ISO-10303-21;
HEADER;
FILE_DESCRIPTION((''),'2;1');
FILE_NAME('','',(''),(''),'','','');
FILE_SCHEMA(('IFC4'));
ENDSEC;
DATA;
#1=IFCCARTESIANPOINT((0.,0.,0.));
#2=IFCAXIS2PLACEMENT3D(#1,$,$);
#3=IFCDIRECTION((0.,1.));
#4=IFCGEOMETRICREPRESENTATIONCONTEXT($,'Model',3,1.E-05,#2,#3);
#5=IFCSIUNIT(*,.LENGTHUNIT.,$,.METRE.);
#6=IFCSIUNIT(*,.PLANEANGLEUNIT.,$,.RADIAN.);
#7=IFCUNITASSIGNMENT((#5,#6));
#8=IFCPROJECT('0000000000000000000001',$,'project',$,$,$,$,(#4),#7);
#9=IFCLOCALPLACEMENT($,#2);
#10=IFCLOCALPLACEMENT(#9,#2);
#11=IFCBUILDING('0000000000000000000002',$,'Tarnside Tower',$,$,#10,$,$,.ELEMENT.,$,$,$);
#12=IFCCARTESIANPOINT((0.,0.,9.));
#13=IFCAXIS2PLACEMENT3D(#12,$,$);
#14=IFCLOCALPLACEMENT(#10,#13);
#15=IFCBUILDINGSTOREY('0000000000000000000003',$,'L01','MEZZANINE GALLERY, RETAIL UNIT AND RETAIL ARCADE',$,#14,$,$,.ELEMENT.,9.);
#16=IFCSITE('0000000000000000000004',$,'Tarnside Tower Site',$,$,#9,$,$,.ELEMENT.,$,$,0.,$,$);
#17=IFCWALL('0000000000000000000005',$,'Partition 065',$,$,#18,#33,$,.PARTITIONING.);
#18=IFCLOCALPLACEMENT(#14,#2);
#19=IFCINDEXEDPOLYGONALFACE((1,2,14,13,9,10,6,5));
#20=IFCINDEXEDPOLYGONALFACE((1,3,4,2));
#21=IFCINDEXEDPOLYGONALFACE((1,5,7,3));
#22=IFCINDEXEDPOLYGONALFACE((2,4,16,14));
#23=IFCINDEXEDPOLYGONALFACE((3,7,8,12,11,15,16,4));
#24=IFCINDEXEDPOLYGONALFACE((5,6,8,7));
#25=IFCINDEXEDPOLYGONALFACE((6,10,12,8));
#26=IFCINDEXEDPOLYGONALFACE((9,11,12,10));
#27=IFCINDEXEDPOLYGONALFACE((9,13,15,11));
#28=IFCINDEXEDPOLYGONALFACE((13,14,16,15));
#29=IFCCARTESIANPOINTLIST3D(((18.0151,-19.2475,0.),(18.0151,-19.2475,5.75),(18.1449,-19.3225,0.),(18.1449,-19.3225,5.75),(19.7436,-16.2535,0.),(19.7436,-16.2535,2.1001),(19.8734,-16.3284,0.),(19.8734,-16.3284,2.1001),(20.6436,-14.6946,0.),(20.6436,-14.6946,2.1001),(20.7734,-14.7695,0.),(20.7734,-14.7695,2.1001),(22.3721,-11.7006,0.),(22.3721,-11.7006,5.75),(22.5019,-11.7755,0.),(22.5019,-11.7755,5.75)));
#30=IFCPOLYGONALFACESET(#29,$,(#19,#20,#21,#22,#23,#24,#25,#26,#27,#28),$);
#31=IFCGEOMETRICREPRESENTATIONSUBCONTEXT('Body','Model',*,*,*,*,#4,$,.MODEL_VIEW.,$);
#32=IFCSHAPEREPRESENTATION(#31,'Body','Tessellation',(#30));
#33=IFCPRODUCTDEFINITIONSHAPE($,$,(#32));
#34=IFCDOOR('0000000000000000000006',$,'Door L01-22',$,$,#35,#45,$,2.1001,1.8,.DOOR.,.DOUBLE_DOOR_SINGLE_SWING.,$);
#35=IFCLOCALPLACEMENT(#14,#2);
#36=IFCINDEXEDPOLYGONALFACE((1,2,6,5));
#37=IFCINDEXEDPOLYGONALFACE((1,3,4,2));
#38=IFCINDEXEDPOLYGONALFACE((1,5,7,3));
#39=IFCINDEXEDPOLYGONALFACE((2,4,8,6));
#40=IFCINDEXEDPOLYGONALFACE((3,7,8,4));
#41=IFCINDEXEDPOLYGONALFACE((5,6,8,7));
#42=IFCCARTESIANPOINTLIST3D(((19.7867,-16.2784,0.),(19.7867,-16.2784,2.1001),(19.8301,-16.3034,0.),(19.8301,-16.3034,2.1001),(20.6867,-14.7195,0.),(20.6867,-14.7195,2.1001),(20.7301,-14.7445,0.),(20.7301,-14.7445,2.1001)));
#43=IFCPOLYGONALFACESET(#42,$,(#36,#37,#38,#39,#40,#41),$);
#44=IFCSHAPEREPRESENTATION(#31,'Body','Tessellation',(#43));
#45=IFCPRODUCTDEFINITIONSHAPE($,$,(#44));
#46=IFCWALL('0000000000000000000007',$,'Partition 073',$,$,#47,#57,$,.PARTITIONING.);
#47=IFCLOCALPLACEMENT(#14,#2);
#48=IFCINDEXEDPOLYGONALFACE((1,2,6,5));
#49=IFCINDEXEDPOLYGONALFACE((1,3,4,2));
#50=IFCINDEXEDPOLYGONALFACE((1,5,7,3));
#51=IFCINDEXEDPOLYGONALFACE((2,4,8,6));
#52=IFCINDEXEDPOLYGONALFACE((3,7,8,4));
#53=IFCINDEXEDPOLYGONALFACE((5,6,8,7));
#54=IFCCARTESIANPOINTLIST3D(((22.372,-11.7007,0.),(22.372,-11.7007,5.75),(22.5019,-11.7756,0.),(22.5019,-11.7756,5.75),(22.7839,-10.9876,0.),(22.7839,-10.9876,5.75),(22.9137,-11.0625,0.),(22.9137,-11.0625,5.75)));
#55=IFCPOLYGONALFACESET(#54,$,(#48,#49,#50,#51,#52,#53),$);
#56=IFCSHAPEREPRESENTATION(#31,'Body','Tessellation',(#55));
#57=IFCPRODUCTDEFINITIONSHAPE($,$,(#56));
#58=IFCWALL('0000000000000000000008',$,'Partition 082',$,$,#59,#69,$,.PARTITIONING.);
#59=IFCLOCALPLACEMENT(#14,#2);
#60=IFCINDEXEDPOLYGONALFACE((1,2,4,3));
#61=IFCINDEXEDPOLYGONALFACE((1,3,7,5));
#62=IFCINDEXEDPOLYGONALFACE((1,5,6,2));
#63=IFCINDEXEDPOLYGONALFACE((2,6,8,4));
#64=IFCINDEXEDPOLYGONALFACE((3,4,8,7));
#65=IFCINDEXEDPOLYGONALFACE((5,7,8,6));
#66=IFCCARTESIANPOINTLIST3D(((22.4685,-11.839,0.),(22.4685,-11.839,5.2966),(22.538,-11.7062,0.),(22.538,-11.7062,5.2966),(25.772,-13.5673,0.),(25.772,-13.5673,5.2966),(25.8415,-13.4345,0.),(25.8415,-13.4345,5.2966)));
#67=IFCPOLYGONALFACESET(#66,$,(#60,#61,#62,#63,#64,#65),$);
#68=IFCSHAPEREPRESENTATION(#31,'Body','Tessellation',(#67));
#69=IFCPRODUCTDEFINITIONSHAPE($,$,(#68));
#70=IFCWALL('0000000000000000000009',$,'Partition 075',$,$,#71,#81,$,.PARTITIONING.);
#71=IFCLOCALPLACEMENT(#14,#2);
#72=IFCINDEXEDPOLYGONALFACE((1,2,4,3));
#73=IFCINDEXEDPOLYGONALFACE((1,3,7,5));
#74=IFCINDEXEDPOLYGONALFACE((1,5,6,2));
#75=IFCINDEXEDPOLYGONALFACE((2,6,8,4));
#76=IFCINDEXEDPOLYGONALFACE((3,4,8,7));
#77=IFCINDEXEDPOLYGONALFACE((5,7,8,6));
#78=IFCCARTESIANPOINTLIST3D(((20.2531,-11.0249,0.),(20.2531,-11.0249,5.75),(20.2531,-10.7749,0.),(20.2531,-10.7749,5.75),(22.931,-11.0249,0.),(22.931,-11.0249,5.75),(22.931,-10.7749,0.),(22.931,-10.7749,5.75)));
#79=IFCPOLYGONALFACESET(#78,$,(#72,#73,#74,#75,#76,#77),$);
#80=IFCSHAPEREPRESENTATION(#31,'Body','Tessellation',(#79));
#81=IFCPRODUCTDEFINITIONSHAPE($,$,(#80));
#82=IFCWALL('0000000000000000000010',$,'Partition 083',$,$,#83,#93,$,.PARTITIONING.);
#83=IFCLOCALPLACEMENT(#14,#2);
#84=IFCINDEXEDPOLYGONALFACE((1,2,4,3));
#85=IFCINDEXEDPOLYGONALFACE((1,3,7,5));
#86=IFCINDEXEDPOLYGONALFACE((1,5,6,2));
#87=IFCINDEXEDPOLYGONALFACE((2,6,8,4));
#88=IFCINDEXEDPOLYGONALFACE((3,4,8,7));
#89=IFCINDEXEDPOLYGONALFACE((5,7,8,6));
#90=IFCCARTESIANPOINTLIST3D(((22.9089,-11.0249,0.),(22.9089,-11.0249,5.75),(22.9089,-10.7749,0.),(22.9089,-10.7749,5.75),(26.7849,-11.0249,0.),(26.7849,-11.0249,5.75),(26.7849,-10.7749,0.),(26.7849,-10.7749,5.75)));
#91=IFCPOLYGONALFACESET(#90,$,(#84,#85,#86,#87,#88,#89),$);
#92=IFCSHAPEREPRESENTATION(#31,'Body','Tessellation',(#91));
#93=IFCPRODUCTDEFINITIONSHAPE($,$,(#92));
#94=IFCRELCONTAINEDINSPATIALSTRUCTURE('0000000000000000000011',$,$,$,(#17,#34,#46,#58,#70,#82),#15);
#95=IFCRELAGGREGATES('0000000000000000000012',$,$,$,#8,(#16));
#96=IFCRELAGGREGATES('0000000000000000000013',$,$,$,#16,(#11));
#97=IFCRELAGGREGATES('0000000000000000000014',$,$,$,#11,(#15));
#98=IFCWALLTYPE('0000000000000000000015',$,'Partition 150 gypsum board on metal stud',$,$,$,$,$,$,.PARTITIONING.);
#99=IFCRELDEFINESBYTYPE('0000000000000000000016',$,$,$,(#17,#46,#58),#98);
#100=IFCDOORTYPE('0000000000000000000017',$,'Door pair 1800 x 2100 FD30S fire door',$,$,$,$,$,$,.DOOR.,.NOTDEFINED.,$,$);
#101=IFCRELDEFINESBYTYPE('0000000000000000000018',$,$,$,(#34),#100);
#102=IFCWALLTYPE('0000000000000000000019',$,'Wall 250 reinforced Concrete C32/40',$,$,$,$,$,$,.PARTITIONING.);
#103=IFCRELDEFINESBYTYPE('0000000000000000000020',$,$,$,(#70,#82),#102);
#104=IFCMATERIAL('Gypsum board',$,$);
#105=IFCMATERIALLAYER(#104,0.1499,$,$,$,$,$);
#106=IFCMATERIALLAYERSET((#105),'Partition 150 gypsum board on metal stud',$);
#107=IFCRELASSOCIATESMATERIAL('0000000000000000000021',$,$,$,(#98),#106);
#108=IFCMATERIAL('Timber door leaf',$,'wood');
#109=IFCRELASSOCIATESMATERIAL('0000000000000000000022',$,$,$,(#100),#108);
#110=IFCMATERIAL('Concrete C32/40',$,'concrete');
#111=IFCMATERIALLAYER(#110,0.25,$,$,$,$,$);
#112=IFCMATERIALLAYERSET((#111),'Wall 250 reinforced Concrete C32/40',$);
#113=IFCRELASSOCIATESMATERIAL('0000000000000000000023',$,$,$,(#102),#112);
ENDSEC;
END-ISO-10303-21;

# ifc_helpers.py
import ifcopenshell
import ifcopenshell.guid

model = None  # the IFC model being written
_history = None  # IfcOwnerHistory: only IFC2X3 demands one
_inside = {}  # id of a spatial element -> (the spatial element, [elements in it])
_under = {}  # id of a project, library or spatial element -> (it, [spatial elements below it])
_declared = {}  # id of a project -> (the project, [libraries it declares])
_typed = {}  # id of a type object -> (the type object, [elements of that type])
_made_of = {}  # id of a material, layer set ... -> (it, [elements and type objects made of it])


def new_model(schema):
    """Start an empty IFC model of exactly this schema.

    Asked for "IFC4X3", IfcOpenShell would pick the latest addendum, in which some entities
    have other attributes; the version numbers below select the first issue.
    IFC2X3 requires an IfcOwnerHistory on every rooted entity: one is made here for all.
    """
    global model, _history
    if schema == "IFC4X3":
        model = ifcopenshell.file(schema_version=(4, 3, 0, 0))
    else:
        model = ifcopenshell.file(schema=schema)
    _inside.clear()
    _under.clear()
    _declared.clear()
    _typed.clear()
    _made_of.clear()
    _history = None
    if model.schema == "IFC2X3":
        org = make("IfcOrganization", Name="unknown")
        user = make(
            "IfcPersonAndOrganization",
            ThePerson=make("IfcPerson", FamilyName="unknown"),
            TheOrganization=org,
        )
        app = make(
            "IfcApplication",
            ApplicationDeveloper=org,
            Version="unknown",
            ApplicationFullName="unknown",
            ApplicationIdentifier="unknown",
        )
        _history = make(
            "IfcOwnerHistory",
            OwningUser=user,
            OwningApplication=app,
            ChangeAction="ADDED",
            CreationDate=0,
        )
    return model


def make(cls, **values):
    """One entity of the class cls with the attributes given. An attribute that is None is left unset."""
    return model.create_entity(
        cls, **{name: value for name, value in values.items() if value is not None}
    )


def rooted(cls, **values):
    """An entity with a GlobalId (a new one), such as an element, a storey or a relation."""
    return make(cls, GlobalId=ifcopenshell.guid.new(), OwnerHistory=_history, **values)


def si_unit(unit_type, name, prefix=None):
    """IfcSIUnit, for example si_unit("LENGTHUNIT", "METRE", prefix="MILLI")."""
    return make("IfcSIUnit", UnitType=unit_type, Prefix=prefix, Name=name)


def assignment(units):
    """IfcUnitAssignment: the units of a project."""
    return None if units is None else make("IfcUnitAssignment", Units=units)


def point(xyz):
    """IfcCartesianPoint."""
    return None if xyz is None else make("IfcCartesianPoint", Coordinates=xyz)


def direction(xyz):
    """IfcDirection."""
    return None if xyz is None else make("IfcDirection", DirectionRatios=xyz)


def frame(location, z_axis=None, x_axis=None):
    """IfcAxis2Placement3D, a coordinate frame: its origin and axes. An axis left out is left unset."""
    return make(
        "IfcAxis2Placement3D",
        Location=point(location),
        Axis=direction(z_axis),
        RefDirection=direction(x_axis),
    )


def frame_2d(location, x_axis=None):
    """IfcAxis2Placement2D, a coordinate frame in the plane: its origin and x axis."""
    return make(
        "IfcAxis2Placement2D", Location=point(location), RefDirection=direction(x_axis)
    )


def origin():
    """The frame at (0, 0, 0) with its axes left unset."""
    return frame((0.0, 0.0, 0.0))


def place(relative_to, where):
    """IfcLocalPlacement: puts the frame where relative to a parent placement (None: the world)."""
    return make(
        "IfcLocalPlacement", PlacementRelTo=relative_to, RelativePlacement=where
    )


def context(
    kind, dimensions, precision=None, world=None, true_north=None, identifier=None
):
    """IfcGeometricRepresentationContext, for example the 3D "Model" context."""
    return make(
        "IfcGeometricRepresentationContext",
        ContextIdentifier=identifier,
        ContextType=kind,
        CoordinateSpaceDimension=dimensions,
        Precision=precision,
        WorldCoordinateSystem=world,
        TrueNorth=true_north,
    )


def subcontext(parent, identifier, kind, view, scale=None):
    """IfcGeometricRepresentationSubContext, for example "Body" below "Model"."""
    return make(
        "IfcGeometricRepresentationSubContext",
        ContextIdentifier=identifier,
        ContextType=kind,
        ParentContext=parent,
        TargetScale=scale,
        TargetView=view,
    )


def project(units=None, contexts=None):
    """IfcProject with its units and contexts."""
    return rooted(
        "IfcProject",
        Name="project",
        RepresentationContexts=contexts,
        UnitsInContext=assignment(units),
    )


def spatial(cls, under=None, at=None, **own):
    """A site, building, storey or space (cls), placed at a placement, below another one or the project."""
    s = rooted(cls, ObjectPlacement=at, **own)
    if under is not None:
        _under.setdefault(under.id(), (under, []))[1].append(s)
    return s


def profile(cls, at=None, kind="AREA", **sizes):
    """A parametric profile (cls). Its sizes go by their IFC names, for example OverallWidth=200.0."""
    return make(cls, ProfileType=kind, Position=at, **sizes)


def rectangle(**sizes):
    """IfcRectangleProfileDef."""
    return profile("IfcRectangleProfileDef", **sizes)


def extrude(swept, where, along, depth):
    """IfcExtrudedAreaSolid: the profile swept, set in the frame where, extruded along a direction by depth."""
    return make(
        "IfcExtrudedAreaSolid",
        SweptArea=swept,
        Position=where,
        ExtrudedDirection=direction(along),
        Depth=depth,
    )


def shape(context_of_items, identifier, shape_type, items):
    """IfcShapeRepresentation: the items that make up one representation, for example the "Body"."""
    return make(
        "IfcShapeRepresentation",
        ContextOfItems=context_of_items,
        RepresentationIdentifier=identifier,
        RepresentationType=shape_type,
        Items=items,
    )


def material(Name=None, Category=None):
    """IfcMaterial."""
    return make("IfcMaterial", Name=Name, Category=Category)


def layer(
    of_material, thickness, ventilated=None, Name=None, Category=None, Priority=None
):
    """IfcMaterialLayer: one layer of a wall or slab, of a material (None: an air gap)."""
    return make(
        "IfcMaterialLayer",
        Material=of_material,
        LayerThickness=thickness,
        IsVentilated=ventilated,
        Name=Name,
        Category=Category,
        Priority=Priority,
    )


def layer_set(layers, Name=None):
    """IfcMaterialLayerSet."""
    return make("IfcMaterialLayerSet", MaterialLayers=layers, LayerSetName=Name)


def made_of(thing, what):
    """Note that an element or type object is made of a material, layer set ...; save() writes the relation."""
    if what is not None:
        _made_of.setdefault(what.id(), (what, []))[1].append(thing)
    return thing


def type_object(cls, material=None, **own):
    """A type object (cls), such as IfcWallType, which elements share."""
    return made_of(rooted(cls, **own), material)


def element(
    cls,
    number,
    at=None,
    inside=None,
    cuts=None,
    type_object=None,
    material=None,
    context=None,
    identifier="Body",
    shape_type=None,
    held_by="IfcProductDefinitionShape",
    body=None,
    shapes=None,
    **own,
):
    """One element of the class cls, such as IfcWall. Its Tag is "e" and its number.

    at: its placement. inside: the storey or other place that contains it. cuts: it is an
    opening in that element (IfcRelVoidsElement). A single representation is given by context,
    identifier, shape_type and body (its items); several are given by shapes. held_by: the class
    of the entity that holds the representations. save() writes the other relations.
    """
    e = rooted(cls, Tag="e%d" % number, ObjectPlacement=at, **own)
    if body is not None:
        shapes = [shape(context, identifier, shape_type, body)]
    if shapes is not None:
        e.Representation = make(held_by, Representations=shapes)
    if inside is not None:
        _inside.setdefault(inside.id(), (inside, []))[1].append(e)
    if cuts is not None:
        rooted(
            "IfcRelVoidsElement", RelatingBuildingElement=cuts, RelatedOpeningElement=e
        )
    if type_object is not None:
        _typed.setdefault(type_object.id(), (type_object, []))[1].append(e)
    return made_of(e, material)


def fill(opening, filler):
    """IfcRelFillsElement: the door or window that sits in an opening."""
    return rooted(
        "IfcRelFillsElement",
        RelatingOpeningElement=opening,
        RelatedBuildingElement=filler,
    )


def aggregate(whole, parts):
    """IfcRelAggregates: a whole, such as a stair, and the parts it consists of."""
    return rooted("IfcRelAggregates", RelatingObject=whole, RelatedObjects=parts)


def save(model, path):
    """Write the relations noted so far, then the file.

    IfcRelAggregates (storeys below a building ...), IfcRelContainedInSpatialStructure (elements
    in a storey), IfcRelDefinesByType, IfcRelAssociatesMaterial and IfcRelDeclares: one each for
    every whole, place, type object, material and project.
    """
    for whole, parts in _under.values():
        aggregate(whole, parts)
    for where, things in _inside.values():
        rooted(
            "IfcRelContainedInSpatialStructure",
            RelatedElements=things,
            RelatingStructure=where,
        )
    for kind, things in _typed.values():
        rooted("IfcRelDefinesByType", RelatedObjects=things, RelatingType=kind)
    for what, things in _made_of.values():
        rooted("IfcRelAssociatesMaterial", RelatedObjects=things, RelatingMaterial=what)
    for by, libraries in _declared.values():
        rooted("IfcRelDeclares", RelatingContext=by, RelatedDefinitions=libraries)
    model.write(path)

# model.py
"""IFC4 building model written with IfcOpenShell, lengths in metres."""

from ifc_helpers import new_model, si_unit, direction, frame, frame_2d, origin, place, context, subcontext, project, spatial, rectangle, extrude, material, layer, layer_set, type_object, element, fill, save


model = new_model("IFC4")

# Units and contexts
model_context = context("Model", 3, precision=1e-05, world=origin(), true_north=direction((0.0, 1.0)))
body_context = subcontext(model_context, "Body", "Model", "MODEL_VIEW")
ifc_project = project(units=[si_unit("LENGTHUNIT", "METRE"), si_unit("PLANEANGLEUNIT", "RADIAN")], contexts=[model_context])

# Site, building, storey
site_placement = place(None, origin())
site = spatial("IfcSite", under=ifc_project, at=site_placement, Name="Tarnside Tower Site", CompositionType="ELEMENT", RefElevation=0.0)
building_placement = place(site_placement, origin())
building = spatial("IfcBuilding", under=site, at=building_placement, Name="Tarnside Tower", CompositionType="ELEMENT")
storey_placement = place(building_placement, frame((0.0, 0.0, 9.0)))
storey = spatial("IfcBuildingStorey", under=building, at=storey_placement, Name="L01", Description="MEZZANINE GALLERY, RETAIL UNIT AND RETAIL ARCADE", CompositionType="ELEMENT", Elevation=9.0)

# Wall, opening, door
ifc_material_1 = material(Name="Gypsum board")
ifc_layer_1 = layer(ifc_material_1, 0.1499)
ifc_layer_set_1 = layer_set([ifc_layer_1], Name="Partition 150 gypsum board on metal stud")
wall_type_1 = type_object("IfcWallType", Name="Partition 150 gypsum board on metal stud", PredefinedType="PARTITIONING", material=ifc_layer_set_1)
wall_1_placement = place(storey_placement, frame((22.437, -11.738, 0.0), z_axis=(0.0, 0.0, 1.0), x_axis=(-0.499978, -0.866038, 0.0)))
wall_1 = element("IfcWall", 1, at=wall_1_placement, inside=storey, type_object=wall_type_1, Name="Partition 065", PredefinedType="PARTITIONING", context=body_context, shape_type="SweptSolid", body=[
    extrude(rectangle(XDim=8.7144, YDim=0.1499, at=frame_2d((4.3572, 0.0))), origin(), (0.0, 0.0, 1.0), 5.75),
])
opening_placement = place(wall_1_placement, frame((3.4573, 0.0, 0.0)))
opening = element("IfcOpeningElement", 2, at=opening_placement, cuts=wall_1, PredefinedType="OPENING", context=body_context, shape_type="SweptSolid", body=[
    extrude(rectangle(XDim=1.8, YDim=2.1001, at=frame_2d((0.8999, 1.05))), frame((0.0, 0.085, 0.0), z_axis=(0.0, -1.0, 0.0), x_axis=(1.0, 0.0, 0.0)), (0.0, 0.0, 1.0), 0.1699),
])
ifc_material_2 = material(Name="Timber door leaf", Category="wood")
door_type = type_object("IfcDoorType", Name="Door pair 1800 x 2100 FD30S fire door", OperationType="NOTDEFINED", PredefinedType="DOOR", material=ifc_material_2)
door_placement = place(opening_placement, origin())
door = element("IfcDoor", 3, at=door_placement, inside=storey, type_object=door_type, Name="Door L01-22", OperationType="DOUBLE_DOOR_SINGLE_SWING", OverallHeight=2.1001, OverallWidth=1.8, PredefinedType="DOOR", context=body_context, shape_type="SweptSolid", body=[
    extrude(rectangle(XDim=1.8, YDim=2.1001, at=frame_2d((0.8999, 1.05))), frame((0.0, 0.0249, 0.0), z_axis=(0.0, -1.0, 0.0), x_axis=(1.0, 0.0, 0.0)), (0.0, 0.0, 1.0), 0.05),
])
fill(opening, door)

# Walls
wall_2_placement = place(storey_placement, frame((22.437, -11.738, 0.0), z_axis=(0.0, 0.0, 1.0), x_axis=(0.500124, 0.865954, 0.0)))
element("IfcWall", 4, at=wall_2_placement, inside=storey, type_object=wall_type_1, Name="Partition 073", PredefinedType="PARTITIONING", context=body_context, shape_type="SweptSolid", body=[
    extrude(rectangle(XDim=0.8235, YDim=0.1499, at=frame_2d((0.4116, 0.0))), origin(), (0.0, 0.0, 1.0), 5.75),
])
wall_3_placement = place(storey_placement, frame((25.8069, -13.501, 0.0), z_axis=(0.0, 0.0, 1.0), x_axis=(-0.886065, 0.463562, 0.0)))
element("IfcWall", 5, at=wall_3_placement, inside=storey, type_object=wall_type_1, Name="Partition 082", PredefinedType="PARTITIONING", context=body_context, shape_type="SweptSolid", body=[
    extrude(rectangle(XDim=3.7283, YDim=0.1499, at=frame_2d((1.8643, 0.0))), origin(), (0.0, 0.0, 1.0), 5.2966),
])
ifc_material_3 = material(Name="Concrete C32/40", Category="concrete")
ifc_layer_2 = layer(ifc_material_3, 0.25)
ifc_layer_set_2 = layer_set([ifc_layer_2], Name="Wall 250 reinforced Concrete C32/40")
wall_type_2 = type_object("IfcWallType", Name="Wall 250 reinforced Concrete C32/40", PredefinedType="PARTITIONING", material=ifc_layer_set_2)
wall_4_placement = place(storey_placement, frame((22.9309, -10.8999, 0.0), z_axis=(0.0, 0.0, 1.0), x_axis=(-1.0, 0.0, 0.0)))
element("IfcWall", 6, at=wall_4_placement, inside=storey, type_object=wall_type_2, Name="Partition 075", PredefinedType="PARTITIONING", context=body_context, shape_type="SweptSolid", body=[
    extrude(rectangle(XDim=2.678, YDim=0.25, at=frame_2d((1.3389, 0.0))), origin(), (0.0, 0.0, 1.0), 5.75),
])
wall_5_placement = place(storey_placement, frame((26.7849, -10.8999, 0.0), z_axis=(0.0, 0.0, 1.0), x_axis=(-1.0, 0.0, 0.0)))
element("IfcWall", 7, at=wall_5_placement, inside=storey, type_object=wall_type_2, Name="Partition 083", PredefinedType="PARTITIONING", context=body_context, shape_type="SweptSolid", body=[
    extrude(rectangle(XDim=3.876, YDim=0.25, at=frame_2d((1.938, 0.0))), origin(), (0.0, 0.0, 1.0), 5.75),
])

save(model, "model.ifc")
